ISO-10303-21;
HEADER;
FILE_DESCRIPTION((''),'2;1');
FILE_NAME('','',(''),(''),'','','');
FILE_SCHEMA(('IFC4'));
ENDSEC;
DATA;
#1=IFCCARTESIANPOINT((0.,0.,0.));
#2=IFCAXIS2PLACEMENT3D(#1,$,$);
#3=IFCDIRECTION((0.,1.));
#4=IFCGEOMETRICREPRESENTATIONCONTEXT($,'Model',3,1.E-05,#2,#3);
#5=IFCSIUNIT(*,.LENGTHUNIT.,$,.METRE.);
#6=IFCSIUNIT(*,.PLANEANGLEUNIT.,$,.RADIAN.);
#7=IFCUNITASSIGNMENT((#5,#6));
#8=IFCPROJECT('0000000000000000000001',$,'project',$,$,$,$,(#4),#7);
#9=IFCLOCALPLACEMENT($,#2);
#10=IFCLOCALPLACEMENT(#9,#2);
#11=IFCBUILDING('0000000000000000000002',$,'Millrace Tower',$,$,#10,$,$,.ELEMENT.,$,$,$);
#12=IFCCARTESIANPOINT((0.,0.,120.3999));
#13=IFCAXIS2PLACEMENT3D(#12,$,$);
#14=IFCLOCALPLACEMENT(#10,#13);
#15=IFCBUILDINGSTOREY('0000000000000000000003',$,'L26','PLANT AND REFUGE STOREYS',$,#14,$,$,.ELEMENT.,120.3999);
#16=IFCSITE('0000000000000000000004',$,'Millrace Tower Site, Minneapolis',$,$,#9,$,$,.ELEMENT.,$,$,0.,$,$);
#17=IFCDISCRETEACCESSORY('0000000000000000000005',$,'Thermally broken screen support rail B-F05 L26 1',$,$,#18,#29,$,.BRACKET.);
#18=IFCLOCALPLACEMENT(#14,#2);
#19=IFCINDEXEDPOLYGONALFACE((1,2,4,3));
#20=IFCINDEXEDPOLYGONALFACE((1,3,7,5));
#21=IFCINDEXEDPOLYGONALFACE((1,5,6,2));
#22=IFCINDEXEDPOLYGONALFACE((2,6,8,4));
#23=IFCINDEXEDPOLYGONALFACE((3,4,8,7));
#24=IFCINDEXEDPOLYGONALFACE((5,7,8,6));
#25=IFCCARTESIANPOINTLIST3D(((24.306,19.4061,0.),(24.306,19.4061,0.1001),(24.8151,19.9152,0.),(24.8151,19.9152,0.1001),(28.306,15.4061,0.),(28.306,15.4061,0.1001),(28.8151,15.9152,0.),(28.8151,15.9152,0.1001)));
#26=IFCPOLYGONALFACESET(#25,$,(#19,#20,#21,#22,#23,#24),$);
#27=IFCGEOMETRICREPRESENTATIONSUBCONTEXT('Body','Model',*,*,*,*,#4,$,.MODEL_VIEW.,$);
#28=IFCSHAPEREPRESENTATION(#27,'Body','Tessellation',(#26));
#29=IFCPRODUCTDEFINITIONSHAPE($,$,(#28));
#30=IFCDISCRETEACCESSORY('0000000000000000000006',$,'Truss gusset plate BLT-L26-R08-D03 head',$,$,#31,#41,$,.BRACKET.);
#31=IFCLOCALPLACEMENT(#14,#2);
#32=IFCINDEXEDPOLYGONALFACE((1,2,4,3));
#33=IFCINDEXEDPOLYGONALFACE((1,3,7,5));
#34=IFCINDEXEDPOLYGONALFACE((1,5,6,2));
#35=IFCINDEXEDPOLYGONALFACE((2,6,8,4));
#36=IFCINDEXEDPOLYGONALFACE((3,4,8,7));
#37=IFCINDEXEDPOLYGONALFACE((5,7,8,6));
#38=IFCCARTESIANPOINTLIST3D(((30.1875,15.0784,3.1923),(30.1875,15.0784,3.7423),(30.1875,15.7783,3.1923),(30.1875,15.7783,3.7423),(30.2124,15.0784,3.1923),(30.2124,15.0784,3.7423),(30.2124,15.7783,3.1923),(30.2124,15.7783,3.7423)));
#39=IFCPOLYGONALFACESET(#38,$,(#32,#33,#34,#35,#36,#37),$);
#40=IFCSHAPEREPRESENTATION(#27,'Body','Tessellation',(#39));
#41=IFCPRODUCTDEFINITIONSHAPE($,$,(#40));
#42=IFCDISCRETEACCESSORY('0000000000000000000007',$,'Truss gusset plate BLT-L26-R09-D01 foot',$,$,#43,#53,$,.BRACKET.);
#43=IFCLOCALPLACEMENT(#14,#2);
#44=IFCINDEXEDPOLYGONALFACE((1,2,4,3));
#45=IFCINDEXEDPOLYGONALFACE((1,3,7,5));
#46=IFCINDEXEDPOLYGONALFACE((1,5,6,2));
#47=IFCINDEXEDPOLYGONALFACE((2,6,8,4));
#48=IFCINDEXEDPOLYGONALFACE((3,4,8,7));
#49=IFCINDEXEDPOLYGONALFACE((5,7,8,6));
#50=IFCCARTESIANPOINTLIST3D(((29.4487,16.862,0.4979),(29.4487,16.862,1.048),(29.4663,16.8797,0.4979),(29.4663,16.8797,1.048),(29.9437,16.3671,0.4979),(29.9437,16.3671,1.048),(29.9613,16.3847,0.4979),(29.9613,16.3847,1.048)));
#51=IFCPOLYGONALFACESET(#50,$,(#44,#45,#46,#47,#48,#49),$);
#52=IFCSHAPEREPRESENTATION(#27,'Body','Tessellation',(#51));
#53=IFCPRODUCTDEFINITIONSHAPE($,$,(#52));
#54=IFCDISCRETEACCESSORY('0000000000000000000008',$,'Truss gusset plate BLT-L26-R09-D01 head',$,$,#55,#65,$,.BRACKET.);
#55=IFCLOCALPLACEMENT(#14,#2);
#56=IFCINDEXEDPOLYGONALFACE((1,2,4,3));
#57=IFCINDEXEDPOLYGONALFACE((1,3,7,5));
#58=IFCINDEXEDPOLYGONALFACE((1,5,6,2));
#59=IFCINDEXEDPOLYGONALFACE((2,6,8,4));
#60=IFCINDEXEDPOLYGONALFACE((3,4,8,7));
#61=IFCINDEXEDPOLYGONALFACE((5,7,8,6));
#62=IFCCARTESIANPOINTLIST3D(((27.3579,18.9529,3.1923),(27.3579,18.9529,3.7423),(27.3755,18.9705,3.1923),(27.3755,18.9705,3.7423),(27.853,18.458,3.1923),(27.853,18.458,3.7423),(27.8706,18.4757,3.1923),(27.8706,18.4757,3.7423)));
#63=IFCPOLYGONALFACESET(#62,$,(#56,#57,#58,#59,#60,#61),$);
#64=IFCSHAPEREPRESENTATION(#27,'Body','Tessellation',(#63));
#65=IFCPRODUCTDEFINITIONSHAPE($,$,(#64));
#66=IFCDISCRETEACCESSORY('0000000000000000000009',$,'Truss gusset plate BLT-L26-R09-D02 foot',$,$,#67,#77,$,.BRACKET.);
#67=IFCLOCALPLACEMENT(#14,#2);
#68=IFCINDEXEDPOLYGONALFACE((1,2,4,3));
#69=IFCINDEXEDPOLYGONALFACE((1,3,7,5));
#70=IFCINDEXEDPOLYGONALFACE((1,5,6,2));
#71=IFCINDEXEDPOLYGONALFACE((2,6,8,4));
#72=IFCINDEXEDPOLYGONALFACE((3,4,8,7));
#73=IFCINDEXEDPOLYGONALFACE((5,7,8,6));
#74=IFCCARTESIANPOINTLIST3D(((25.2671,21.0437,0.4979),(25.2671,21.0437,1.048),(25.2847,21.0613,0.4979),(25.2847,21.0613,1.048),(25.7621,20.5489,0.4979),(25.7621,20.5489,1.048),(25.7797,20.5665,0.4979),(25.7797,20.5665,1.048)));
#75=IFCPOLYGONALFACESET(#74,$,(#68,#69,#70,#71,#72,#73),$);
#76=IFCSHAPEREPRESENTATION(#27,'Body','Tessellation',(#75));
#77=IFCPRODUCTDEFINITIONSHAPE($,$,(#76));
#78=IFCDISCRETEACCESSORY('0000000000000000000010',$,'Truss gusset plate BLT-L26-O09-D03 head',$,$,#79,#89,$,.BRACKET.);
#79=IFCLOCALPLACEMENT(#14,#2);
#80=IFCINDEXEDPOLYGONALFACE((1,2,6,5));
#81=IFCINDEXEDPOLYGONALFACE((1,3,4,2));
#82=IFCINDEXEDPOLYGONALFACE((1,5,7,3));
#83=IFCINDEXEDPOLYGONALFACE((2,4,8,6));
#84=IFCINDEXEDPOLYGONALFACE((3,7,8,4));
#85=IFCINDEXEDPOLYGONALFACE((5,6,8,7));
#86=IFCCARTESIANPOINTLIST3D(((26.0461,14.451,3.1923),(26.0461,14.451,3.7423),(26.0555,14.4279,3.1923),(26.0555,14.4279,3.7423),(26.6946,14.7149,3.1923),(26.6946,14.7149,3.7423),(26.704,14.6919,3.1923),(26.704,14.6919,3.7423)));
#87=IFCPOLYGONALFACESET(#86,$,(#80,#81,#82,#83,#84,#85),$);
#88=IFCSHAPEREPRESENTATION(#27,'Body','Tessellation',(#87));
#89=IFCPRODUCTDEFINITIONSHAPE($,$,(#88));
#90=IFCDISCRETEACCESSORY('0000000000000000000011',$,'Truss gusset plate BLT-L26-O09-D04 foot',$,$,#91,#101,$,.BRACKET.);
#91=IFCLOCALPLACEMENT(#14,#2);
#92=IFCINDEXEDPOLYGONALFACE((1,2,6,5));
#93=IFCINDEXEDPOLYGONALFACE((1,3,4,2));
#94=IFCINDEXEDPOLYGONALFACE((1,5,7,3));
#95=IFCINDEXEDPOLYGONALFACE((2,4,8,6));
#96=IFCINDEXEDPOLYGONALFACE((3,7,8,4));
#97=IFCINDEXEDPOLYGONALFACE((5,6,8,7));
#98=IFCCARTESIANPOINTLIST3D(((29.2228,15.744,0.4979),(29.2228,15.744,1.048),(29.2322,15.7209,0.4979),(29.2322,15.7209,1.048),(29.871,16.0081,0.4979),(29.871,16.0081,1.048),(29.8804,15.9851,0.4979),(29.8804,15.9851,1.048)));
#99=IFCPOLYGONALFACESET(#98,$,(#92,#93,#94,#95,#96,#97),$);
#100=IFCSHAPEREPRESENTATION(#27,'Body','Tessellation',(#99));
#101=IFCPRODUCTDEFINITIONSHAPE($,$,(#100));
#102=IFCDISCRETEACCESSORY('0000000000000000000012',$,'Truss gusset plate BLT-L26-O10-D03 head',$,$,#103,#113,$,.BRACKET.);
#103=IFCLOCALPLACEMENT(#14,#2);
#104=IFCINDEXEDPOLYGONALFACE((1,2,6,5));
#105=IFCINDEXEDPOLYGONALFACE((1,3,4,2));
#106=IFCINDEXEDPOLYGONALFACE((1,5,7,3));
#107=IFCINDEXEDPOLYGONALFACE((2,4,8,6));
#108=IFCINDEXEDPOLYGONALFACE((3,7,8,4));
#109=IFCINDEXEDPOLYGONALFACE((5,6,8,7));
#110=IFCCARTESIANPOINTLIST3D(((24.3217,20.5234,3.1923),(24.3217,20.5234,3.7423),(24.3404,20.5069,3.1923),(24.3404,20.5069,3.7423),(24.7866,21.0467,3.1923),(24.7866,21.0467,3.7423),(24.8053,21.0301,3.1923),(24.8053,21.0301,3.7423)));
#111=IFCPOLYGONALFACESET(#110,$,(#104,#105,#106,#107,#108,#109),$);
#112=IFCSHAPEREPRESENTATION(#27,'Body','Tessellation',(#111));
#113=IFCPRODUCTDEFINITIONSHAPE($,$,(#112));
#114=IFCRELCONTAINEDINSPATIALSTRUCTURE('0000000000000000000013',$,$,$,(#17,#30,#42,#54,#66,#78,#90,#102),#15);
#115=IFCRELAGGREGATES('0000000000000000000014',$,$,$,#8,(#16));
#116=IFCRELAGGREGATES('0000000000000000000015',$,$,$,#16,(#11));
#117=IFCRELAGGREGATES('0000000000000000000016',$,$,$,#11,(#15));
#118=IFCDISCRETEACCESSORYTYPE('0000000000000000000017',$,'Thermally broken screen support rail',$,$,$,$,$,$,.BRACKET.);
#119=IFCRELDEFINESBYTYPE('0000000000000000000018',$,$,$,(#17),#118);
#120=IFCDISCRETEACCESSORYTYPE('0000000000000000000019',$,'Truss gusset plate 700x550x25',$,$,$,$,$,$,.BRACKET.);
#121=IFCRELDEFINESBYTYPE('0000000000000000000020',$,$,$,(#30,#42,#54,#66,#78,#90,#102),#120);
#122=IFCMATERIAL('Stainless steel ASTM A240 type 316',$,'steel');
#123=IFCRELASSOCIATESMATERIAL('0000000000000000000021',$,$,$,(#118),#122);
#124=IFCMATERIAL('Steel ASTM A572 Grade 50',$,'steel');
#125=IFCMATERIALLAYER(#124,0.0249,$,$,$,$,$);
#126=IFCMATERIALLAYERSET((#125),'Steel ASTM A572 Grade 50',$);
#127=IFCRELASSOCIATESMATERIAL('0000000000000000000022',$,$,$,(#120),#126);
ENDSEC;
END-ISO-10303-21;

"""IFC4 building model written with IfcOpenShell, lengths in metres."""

from ifc_helpers import new_model, si_unit, direction, frame, origin, origin_2d, place, context, subcontext, project, spatial, rectangle, extrude, material, layer, layer_set, type_object, element, save


model = new_model("IFC4")

# Units and contexts
model_context = context("Model", 3, precision=1e-05, world=origin(), true_north=direction((0.0, 1.0)))
body_context = subcontext(model_context, "Body", "Model", "MODEL_VIEW")
ifc_project = project(units=[si_unit("LENGTHUNIT", "METRE"), si_unit("PLANEANGLEUNIT", "RADIAN")], contexts=[model_context])

# Site, building, storey
site_placement = place(None, origin())
site = spatial("IfcSite", under=ifc_project, at=site_placement, Name="Millrace Tower Site, Minneapolis", CompositionType="ELEMENT", RefElevation=0.0)
building_placement = place(site_placement, origin())
building = spatial("IfcBuilding", under=site, at=building_placement, Name="Millrace Tower", CompositionType="ELEMENT")
storey_placement = place(building_placement, frame((0.0, 0.0, 120.3999)))
storey = spatial("IfcBuildingStorey", under=building, at=storey_placement, Name="L26", Description="PLANT AND REFUGE STOREYS", CompositionType="ELEMENT", Elevation=120.3999)

# Discrete accessories
ifc_material_1 = material(Name="Stainless steel ASTM A240 type 316", Category="steel")
discrete_accessory_type_1 = type_object("IfcDiscreteAccessoryType", Name="Thermally broken screen support rail", PredefinedType="BRACKET", material=ifc_material_1)
discrete_accessory_1_placement = place(storey_placement, frame((26.5605, 17.6606, 0.0), z_axis=(0.0, 0.0, 1.0), x_axis=(-0.707107, 0.707107, 0.0)))
element("IfcDiscreteAccessory", 1, at=discrete_accessory_1_placement, inside=storey, type_object=discrete_accessory_type_1, Name="Thermally broken screen support rail B-F05 L26 1", PredefinedType="BRACKET", context=body_context, shape_type="SweptSolid", body=[
    extrude(rectangle(XDim=5.6567, YDim=0.72, at=origin_2d()), origin(), (0.0, 0.0, 1.0), 0.1001),
])
ifc_material_2 = material(Name="Steel ASTM A572 Grade 50", Category="steel")
ifc_layer_1 = layer(ifc_material_2, 0.0249)
ifc_layer_set_1 = layer_set([ifc_layer_1], Name="Steel ASTM A572 Grade 50")
discrete_accessory_type_2 = type_object("IfcDiscreteAccessoryType", Name="Truss gusset plate 700x550x25", PredefinedType="BRACKET", material=ifc_layer_set_1)
for number, where, z_axis, x_axis, name in (
    (2, (30.2, 15.0784, 3.4673), (0.0, 1.0, 0.0), (-1.0, 0.0, 0.0), "Truss gusset plate BLT-L26-R08-D03 head"),
    (3, (29.4575, 16.8708, 0.7729), (0.707107, -0.707107, 0.0), (0.707107, 0.707107, 0.0), "Truss gusset plate BLT-L26-R09-D01 foot"),
    (4, (27.3667, 18.9617, 3.4673), (0.707281, -0.706932, 0.0), (0.706932, 0.707281, 0.0), "Truss gusset plate BLT-L26-R09-D01 head"),
    (5, (25.2759, 21.0525, 0.7729), (0.707281, -0.706932, 0.0), (0.706932, 0.707281, 0.0), "Truss gusset plate BLT-L26-R09-D02 foot"),
):
    element("IfcDiscreteAccessory", number, at=place(storey_placement, frame(where, z_axis=z_axis, x_axis=x_axis)), inside=storey, type_object=discrete_accessory_type_2, Name=name, PredefinedType="BRACKET", context=body_context, shape_type="SweptSolid", body=[
        extrude(rectangle(XDim=0.0249, YDim=0.55, at=origin_2d()), origin(), (0.0, 0.0, 1.0), 0.7),
    ])
discrete_accessory_2_placement = place(storey_placement, frame((26.0508, 14.4395, 3.4673), z_axis=(0.926223, 0.376976, 0.0), x_axis=(-0.376976, 0.926223, 0.0)))
element("IfcDiscreteAccessory", 6, at=discrete_accessory_2_placement, inside=storey, type_object=discrete_accessory_type_2, Name="Truss gusset plate BLT-L26-O09-D03 head", PredefinedType="BRACKET", context=body_context, shape_type="SweptSolid", body=[
    extrude(rectangle(XDim=0.0249, YDim=0.55, at=origin_2d()), origin(), (0.0, 0.0, 1.0), 0.7002),
])
for number, where, z_axis, x_axis, name in (
    (7, (29.2275, 15.7324, 0.7729), (0.926052, 0.377397, 0.0), (-0.377397, 0.926052, 0.0), "Truss gusset plate BLT-L26-O09-D04 foot"),
    (8, (24.3311, 20.5151, 3.4673), (0.664191, 0.747563, 0.0), (-0.747563, 0.664191, 0.0), "Truss gusset plate BLT-L26-O10-D03 head"),
):
    element("IfcDiscreteAccessory", number, at=place(storey_placement, frame(where, z_axis=z_axis, x_axis=x_axis)), inside=storey, type_object=discrete_accessory_type_2, Name=name, PredefinedType="BRACKET", context=body_context, shape_type="SweptSolid", body=[
        extrude(rectangle(XDim=0.0249, YDim=0.55, at=origin_2d()), origin(), (0.0, 0.0, 1.0), 0.7),
    ])

save(model, "model.ifc")
